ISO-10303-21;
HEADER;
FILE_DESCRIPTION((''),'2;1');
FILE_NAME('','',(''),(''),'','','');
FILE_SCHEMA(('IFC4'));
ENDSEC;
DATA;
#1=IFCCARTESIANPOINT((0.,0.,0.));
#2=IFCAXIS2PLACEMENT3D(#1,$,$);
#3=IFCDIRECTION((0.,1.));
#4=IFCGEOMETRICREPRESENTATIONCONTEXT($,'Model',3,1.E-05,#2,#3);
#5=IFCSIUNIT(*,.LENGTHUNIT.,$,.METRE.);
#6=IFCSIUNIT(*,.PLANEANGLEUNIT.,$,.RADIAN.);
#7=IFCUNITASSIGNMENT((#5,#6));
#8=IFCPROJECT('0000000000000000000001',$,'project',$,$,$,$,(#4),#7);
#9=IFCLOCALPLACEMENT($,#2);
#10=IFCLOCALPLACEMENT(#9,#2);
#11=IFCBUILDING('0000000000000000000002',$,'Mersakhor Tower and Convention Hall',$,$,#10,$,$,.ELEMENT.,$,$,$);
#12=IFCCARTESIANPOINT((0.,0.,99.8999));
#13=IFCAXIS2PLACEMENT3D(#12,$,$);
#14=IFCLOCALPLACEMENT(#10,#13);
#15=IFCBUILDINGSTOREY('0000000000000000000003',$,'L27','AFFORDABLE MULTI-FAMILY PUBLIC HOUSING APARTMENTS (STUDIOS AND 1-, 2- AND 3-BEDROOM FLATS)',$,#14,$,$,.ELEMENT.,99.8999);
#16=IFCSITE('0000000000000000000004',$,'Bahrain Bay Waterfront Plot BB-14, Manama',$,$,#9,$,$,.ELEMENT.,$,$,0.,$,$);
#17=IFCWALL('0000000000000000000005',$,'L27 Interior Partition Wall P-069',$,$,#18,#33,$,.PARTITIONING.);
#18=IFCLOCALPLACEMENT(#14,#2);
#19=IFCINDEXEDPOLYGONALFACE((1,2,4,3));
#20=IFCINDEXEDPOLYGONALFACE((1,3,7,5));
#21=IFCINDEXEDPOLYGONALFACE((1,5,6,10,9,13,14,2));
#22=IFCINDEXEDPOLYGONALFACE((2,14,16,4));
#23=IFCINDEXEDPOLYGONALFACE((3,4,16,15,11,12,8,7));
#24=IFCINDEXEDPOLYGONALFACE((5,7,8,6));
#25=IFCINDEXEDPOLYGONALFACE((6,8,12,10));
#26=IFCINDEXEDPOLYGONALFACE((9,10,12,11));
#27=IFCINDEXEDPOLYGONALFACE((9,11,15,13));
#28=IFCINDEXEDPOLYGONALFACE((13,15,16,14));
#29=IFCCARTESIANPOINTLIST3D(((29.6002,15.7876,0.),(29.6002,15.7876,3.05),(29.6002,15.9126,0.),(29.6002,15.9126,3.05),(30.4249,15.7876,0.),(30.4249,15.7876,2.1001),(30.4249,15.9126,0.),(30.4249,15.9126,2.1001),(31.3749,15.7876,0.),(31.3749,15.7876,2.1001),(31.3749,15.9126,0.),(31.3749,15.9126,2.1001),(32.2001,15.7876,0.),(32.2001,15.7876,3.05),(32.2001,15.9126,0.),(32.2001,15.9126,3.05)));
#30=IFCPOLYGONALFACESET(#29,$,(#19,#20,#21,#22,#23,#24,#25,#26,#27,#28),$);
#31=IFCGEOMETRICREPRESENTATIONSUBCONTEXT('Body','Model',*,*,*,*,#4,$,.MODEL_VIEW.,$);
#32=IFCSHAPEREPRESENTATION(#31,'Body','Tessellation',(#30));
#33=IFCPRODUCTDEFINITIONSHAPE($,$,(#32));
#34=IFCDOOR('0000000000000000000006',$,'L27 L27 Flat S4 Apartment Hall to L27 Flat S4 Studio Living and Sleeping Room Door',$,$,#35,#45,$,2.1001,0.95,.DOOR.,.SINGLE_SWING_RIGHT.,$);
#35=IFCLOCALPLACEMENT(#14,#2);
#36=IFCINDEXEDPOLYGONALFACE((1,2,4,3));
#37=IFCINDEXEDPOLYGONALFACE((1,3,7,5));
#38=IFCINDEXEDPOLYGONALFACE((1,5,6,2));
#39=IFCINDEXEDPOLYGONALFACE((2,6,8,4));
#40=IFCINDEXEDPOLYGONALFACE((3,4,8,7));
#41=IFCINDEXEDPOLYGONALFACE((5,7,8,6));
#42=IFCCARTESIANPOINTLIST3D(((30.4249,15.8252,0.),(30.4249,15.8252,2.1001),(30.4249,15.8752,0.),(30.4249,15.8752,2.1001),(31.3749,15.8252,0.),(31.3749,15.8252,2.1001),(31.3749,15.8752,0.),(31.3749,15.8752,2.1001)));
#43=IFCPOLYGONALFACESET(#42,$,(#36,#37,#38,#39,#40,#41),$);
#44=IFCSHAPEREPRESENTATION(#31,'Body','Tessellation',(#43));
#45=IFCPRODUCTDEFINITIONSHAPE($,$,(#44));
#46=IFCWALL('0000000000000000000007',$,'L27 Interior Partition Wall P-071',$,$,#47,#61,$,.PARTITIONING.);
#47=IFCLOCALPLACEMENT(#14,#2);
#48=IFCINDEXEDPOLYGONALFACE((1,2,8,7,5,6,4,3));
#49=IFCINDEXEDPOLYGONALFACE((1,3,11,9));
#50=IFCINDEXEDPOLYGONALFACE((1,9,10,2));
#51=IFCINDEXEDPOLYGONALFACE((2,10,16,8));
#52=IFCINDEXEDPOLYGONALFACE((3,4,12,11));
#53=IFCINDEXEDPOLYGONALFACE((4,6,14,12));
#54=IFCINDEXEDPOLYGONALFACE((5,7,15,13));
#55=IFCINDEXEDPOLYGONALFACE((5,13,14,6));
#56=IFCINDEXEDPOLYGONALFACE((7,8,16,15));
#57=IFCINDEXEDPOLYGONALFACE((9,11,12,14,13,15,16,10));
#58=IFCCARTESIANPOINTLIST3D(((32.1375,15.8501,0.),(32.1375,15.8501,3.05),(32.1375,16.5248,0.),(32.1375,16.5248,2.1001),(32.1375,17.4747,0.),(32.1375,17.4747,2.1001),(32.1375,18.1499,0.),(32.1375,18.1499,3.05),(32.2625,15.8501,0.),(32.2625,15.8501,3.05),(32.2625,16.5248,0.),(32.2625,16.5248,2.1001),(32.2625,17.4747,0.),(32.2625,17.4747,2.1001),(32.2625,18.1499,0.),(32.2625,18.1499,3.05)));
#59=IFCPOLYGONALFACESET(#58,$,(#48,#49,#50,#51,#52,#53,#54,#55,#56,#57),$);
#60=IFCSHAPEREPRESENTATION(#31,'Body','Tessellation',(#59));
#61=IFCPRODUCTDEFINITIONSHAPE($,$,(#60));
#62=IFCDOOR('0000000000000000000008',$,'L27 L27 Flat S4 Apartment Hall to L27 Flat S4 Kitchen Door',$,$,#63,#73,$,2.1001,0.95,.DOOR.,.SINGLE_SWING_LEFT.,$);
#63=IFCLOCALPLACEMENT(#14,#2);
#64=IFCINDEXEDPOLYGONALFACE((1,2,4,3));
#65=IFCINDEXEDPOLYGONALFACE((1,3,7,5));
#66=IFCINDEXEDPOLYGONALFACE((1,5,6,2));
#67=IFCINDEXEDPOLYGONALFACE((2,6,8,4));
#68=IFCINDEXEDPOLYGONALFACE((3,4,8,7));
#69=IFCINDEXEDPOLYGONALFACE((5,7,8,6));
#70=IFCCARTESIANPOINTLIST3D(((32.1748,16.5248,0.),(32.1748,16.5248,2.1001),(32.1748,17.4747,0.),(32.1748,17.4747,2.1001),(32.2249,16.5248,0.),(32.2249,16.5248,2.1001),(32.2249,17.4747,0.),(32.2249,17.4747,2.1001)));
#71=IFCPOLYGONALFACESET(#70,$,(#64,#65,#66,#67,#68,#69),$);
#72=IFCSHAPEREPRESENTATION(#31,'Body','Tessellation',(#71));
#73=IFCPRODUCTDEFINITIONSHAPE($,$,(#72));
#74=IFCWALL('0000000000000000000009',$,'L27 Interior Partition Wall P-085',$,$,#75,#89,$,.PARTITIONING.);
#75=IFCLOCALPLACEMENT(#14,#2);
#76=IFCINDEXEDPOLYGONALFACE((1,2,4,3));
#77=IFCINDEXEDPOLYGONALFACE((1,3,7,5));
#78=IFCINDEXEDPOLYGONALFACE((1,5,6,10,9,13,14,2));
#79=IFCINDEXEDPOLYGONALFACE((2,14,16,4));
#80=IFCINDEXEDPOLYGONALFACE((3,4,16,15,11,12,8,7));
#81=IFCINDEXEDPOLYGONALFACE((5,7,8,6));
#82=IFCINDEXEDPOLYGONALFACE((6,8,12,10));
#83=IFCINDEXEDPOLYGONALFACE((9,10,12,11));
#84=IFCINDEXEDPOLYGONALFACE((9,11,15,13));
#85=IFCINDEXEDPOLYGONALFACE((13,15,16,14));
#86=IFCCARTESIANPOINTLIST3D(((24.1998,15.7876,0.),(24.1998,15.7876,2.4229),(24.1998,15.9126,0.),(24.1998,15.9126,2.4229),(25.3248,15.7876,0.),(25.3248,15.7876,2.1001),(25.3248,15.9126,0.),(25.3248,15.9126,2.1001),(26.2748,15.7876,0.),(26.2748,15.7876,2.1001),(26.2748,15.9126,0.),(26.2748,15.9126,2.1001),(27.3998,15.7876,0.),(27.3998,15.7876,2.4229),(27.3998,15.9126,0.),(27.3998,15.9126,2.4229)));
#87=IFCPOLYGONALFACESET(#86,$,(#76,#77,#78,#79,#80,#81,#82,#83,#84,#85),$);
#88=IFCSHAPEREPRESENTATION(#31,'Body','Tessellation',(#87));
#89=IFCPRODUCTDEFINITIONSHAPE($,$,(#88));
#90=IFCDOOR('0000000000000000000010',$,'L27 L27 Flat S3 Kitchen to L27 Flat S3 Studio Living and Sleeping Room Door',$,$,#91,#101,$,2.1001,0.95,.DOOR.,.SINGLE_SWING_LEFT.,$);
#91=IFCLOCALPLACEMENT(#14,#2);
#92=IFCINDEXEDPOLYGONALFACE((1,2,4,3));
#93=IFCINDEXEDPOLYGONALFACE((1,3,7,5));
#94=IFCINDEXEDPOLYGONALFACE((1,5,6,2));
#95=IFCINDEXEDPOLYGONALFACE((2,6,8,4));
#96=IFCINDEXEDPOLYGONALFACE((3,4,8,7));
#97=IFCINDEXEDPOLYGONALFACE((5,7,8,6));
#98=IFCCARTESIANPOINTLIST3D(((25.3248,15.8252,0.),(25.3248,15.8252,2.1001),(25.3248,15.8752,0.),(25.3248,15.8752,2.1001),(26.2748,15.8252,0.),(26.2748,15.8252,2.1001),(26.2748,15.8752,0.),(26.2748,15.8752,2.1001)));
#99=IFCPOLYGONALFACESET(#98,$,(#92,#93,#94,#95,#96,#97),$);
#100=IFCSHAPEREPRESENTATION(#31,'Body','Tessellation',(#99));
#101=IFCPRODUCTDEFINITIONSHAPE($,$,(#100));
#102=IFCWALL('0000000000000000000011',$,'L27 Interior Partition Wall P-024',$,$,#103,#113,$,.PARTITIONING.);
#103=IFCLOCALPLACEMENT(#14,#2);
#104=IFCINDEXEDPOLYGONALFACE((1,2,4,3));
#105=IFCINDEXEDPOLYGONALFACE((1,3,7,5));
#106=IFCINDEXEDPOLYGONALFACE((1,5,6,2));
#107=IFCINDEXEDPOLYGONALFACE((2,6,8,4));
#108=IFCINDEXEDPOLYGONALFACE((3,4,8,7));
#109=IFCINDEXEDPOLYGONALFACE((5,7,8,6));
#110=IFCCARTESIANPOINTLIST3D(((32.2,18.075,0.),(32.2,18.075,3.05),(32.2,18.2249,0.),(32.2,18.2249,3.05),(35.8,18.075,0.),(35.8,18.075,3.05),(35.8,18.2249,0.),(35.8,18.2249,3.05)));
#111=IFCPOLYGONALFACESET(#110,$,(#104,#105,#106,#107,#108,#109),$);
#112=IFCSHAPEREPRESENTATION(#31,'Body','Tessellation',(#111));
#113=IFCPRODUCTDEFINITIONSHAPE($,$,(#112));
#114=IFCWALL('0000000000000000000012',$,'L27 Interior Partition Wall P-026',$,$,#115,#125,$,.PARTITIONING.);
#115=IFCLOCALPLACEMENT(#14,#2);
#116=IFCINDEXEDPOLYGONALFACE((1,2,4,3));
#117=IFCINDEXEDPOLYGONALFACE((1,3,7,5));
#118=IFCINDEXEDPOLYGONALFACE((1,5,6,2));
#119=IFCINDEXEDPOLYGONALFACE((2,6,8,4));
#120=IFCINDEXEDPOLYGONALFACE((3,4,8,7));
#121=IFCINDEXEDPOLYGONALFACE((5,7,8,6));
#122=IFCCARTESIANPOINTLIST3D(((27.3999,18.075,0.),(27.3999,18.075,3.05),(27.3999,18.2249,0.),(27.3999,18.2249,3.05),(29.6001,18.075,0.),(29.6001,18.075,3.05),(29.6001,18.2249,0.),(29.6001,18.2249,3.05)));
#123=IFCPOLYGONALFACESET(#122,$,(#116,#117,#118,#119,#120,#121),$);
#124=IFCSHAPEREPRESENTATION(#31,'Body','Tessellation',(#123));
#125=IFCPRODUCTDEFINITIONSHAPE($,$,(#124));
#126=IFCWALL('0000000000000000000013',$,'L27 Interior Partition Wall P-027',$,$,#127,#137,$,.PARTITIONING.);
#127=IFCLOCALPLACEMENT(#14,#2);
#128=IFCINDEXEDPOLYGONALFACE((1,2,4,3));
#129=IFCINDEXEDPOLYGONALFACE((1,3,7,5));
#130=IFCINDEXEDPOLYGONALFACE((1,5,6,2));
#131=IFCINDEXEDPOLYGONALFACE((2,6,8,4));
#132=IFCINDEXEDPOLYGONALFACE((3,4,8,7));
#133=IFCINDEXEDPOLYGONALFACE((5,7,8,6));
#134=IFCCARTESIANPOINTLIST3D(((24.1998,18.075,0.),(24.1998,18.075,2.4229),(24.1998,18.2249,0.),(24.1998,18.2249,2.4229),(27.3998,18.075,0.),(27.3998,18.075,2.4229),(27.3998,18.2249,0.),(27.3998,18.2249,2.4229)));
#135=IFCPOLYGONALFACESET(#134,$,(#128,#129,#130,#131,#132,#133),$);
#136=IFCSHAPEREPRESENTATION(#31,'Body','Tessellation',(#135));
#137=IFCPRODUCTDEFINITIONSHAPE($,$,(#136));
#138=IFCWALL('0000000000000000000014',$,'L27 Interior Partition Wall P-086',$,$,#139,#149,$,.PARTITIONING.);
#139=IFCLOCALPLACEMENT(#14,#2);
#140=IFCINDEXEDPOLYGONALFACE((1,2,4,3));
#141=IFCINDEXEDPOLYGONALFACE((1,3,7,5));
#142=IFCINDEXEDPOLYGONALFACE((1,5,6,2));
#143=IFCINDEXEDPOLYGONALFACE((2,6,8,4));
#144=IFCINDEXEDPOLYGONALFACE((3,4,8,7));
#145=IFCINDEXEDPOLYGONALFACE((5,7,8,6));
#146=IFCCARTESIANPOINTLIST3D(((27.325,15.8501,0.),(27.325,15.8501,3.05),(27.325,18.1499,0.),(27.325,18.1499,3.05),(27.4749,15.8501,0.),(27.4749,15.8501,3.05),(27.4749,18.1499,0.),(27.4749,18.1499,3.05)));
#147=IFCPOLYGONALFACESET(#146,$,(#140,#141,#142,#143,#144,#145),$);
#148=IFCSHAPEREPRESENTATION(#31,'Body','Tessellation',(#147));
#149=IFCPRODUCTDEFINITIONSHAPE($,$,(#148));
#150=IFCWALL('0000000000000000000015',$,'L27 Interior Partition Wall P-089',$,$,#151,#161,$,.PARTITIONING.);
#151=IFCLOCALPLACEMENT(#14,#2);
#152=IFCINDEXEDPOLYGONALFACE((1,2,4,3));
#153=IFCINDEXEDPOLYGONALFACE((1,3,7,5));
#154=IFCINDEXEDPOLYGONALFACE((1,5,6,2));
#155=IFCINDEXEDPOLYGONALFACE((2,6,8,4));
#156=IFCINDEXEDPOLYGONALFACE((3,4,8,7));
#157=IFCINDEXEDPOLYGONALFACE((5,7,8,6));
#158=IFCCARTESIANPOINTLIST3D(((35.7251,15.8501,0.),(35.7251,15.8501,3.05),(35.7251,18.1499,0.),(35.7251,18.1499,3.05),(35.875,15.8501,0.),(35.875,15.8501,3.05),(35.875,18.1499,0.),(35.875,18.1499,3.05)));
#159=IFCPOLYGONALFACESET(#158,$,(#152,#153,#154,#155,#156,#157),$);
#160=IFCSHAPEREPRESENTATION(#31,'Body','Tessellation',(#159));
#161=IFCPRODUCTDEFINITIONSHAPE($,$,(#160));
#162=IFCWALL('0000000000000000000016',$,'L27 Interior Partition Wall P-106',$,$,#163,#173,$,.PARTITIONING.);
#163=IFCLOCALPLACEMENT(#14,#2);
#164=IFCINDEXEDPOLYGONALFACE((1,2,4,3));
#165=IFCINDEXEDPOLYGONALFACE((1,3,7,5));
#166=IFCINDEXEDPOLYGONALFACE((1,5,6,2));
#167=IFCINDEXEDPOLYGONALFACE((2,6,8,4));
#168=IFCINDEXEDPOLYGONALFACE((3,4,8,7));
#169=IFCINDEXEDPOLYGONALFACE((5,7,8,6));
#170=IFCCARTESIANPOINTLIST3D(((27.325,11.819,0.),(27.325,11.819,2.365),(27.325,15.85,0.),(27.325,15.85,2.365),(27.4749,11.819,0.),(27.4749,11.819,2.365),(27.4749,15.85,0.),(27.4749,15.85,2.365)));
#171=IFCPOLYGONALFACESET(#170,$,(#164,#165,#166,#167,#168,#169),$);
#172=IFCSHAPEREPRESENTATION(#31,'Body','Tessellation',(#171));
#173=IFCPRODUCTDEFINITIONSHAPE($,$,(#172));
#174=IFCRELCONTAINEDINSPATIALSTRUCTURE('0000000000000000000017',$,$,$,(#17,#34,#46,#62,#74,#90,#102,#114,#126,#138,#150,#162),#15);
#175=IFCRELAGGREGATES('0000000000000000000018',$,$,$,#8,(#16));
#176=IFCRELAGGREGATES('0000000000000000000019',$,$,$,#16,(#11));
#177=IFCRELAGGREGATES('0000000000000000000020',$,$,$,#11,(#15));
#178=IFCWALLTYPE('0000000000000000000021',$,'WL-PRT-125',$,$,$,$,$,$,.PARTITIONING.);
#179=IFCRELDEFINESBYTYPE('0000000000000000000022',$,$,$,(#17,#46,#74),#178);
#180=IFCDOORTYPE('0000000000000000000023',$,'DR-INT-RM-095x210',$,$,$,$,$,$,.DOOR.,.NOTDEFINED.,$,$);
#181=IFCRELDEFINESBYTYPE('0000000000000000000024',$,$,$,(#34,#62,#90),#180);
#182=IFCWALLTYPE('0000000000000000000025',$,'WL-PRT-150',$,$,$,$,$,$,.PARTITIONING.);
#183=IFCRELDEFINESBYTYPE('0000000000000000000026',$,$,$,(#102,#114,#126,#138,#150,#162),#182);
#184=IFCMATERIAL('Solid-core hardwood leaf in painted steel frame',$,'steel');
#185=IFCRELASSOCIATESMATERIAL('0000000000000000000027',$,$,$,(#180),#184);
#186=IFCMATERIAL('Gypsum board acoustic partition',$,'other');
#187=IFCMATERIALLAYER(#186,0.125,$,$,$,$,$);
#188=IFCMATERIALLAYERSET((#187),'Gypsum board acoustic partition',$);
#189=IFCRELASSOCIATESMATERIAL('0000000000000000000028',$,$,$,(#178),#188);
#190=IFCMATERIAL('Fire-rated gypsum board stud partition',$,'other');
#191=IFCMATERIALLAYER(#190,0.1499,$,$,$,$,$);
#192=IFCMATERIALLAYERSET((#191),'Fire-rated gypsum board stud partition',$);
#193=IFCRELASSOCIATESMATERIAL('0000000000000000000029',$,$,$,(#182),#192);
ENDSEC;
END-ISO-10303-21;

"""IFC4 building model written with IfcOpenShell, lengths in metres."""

from ifc_helpers import new_model, si_unit, direction, frame, frame_2d, origin, place, context, subcontext, project, spatial, rectangle, extrude, material, layer, layer_set, type_object, element, fill, save


model = new_model("IFC4")

# Units and contexts
model_context = context("Model", 3, precision=1e-05, world=origin(), true_north=direction((0.0, 1.0)))
body_context = subcontext(model_context, "Body", "Model", "MODEL_VIEW")
ifc_project = project(units=[si_unit("LENGTHUNIT", "METRE"), si_unit("PLANEANGLEUNIT", "RADIAN")], contexts=[model_context])

# Site, building, storey
site_placement = place(None, origin())
site = spatial("IfcSite", under=ifc_project, at=site_placement, Name="Bahrain Bay Waterfront Plot BB-14, Manama", CompositionType="ELEMENT", RefElevation=0.0)
building_placement = place(site_placement, origin())
building = spatial("IfcBuilding", under=site, at=building_placement, Name="Mersakhor Tower and Convention Hall", CompositionType="ELEMENT")
storey_placement = place(building_placement, frame((0.0, 0.0, 99.8999)))
storey = spatial("IfcBuildingStorey", under=building, at=storey_placement, Name="L27", Description="AFFORDABLE MULTI-FAMILY PUBLIC HOUSING APARTMENTS (STUDIOS AND 1-, 2- AND 3-BEDROOM FLATS)", CompositionType="ELEMENT", Elevation=99.8999)

# Walls, openings, doors
ifc_material_1 = material(Name="Solid-core hardwood leaf in painted steel frame", Category="steel")
door_type_1 = type_object("IfcDoorType", Name="DR-INT-RM-095x210", OperationType="NOTDEFINED", PredefinedType="DOOR", material=ifc_material_1)
ifc_material_2 = material(Name="Gypsum board acoustic partition", Category="other")
ifc_layer_1 = layer(ifc_material_2, 0.125)
ifc_layer_set_1 = layer_set([ifc_layer_1], Name="Gypsum board acoustic partition")
wall_type_1 = type_object("IfcWallType", Name="WL-PRT-125", PredefinedType="PARTITIONING", material=ifc_layer_set_1)
wall_1_placement = place(storey_placement, frame((32.2, 15.8501, 0.0), z_axis=(0.0, 0.0, 1.0), x_axis=(-1.0, 0.0, 0.0)))
wall_1 = element("IfcWall", 1, at=wall_1_placement, inside=storey, type_object=wall_type_1, Name="L27 Interior Partition Wall P-069", PredefinedType="PARTITIONING", context=body_context, shape_type="SweptSolid", body=[
    extrude(rectangle(XDim=2.5999, YDim=0.125, at=frame_2d((1.2998, 0.0))), origin(), (0.0, 0.0, 1.0), 3.05),
])
opening_1_placement = place(wall_1_placement, frame((0.825, 0.0, 0.0)))
opening_1 = element("IfcOpeningElement", 2, at=opening_1_placement, cuts=wall_1, PredefinedType="OPENING", context=body_context, shape_type="SweptSolid", body=[
    extrude(rectangle(XDim=0.95, YDim=2.1001, at=frame_2d((0.4751, 1.05))), frame((0.0, 0.0725, 0.0), z_axis=(0.0, -1.0, 0.0), x_axis=(1.0, 0.0, 0.0)), (0.0, 0.0, 1.0), 0.145),
])
door_1_placement = place(opening_1_placement, origin())
door_1 = element("IfcDoor", 3, at=door_1_placement, inside=storey, type_object=door_type_1, Name="L27 L27 Flat S4 Apartment Hall to L27 Flat S4 Studio Living and Sleeping Room Door", OperationType="SINGLE_SWING_RIGHT", OverallHeight=2.1001, OverallWidth=0.95, PredefinedType="DOOR", context=body_context, shape_type="SweptSolid", body=[
    extrude(rectangle(XDim=0.95, YDim=2.1001, at=frame_2d((0.4751, 1.05))), frame((0.0, 0.0249, 0.0), z_axis=(0.0, -1.0, 0.0), x_axis=(1.0, 0.0, 0.0)), (0.0, 0.0, 1.0), 0.05),
])
fill(opening_1, door_1)
wall_2_placement = place(storey_placement, frame((32.2, 18.1499, 0.0), z_axis=(0.0, 0.0, 1.0), x_axis=(0.0, -1.0, 0.0)))
wall_2 = element("IfcWall", 4, at=wall_2_placement, inside=storey, type_object=wall_type_1, Name="L27 Interior Partition Wall P-071", PredefinedType="PARTITIONING", context=body_context, shape_type="SweptSolid", body=[
    extrude(rectangle(XDim=2.2998, YDim=0.125, at=frame_2d((1.1499, 0.0))), origin(), (0.0, 0.0, 1.0), 3.05),
])
opening_2_placement = place(wall_2_placement, frame((0.675, 0.0, 0.0)))
opening_2 = element("IfcOpeningElement", 5, at=opening_2_placement, cuts=wall_2, PredefinedType="OPENING", context=body_context, shape_type="SweptSolid", body=[
    extrude(rectangle(XDim=0.95, YDim=2.1001, at=frame_2d((0.4751, 1.05))), frame((0.0, 0.0725, 0.0), z_axis=(0.0, -1.0, 0.0), x_axis=(1.0, 0.0, 0.0)), (0.0, 0.0, 1.0), 0.145),
])
door_2_placement = place(opening_2_placement, origin())
door_2 = element("IfcDoor", 6, at=door_2_placement, inside=storey, type_object=door_type_1, Name="L27 L27 Flat S4 Apartment Hall to L27 Flat S4 Kitchen Door", OperationType="SINGLE_SWING_LEFT", OverallHeight=2.1001, OverallWidth=0.95, PredefinedType="DOOR", context=body_context, shape_type="SweptSolid", body=[
    extrude(rectangle(XDim=0.95, YDim=2.1001, at=frame_2d((0.4751, 1.05))), frame((0.0, 0.0249, 0.0), z_axis=(0.0, -1.0, 0.0), x_axis=(1.0, 0.0, 0.0)), (0.0, 0.0, 1.0), 0.05),
])
fill(opening_2, door_2)
wall_3_placement = place(storey_placement, frame((27.3999, 15.8501, 0.0), z_axis=(0.0, 0.0, 1.0), x_axis=(-1.0, 0.0, 0.0)))
wall_3 = element("IfcWall", 7, at=wall_3_placement, inside=storey, type_object=wall_type_1, Name="L27 Interior Partition Wall P-085", PredefinedType="PARTITIONING", context=body_context, shape_type="SweptSolid", body=[
    extrude(rectangle(XDim=3.2, YDim=0.125, at=frame_2d((1.6001, 0.0))), origin(), (0.0, 0.0, 1.0), 2.4229),
])
opening_3_placement = place(wall_3_placement, frame((1.125, 0.0, 0.0)))
opening_3 = element("IfcOpeningElement", 8, at=opening_3_placement, cuts=wall_3, PredefinedType="OPENING", context=body_context, shape_type="SweptSolid", body=[
    extrude(rectangle(XDim=0.95, YDim=2.1001, at=frame_2d((0.4751, 1.05))), frame((0.0, 0.0725, 0.0), z_axis=(0.0, -1.0, 0.0), x_axis=(1.0, 0.0, 0.0)), (0.0, 0.0, 1.0), 0.145),
])
door_3_placement = place(opening_3_placement, origin())
door_3 = element("IfcDoor", 9, at=door_3_placement, inside=storey, type_object=door_type_1, Name="L27 L27 Flat S3 Kitchen to L27 Flat S3 Studio Living and Sleeping Room Door", OperationType="SINGLE_SWING_LEFT", OverallHeight=2.1001, OverallWidth=0.95, PredefinedType="DOOR", context=body_context, shape_type="SweptSolid", body=[
    extrude(rectangle(XDim=0.95, YDim=2.1001, at=frame_2d((0.4751, 1.05))), frame((0.0, 0.0249, 0.0), z_axis=(0.0, -1.0, 0.0), x_axis=(1.0, 0.0, 0.0)), (0.0, 0.0, 1.0), 0.05),
])
fill(opening_3, door_3)

# Wall
ifc_material_3 = material(Name="Fire-rated gypsum board stud partition", Category="other")
ifc_layer_2 = layer(ifc_material_3, 0.1499)
ifc_layer_set_2 = layer_set([ifc_layer_2], Name="Fire-rated gypsum board stud partition")
wall_type_2 = type_object("IfcWallType", Name="WL-PRT-150", PredefinedType="PARTITIONING", material=ifc_layer_set_2)
wall_4_placement = place(storey_placement, frame((35.8, 18.1499, 0.0), z_axis=(0.0, 0.0, 1.0), x_axis=(-1.0, 0.0, 0.0)))
element("IfcWall", 10, at=wall_4_placement, inside=storey, type_object=wall_type_2, Name="L27 Interior Partition Wall P-024", PredefinedType="PARTITIONING", context=body_context, shape_type="SweptSolid", body=[
    extrude(rectangle(XDim=3.6001, YDim=0.1499, at=frame_2d((1.8, 0.0))), origin(), (0.0, 0.0, 1.0), 3.05),
])

# Walls
wall_5_placement = place(storey_placement, frame((29.6001, 18.1499, 0.0), z_axis=(0.0, 0.0, 1.0), x_axis=(-1.0, 0.0, 0.0)))
element("IfcWall", 11, at=wall_5_placement, inside=storey, type_object=wall_type_2, Name="L27 Interior Partition Wall P-026", PredefinedType="PARTITIONING", context=body_context, shape_type="SweptSolid", body=[
    extrude(rectangle(XDim=2.2002, YDim=0.1499, at=frame_2d((1.1001, 0.0))), origin(), (0.0, 0.0, 1.0), 3.05),
])
wall_6_placement = place(storey_placement, frame((27.3999, 18.1499, 0.0), z_axis=(0.0, 0.0, 1.0), x_axis=(-1.0, 0.0, 0.0)))
element("IfcWall", 12, at=wall_6_placement, inside=storey, type_object=wall_type_2, Name="L27 Interior Partition Wall P-027", PredefinedType="PARTITIONING", context=body_context, shape_type="SweptSolid", body=[
    extrude(rectangle(XDim=3.2, YDim=0.1499, at=frame_2d((1.6001, 0.0))), origin(), (0.0, 0.0, 1.0), 2.4229),
])
for number, where, z_axis, x_axis, name in (
    (13, (27.3999, 18.1499, 0.0), (0.0, 0.0, 1.0), (0.0, -1.0, 0.0), "L27 Interior Partition Wall P-086"),
    (14, (35.8, 18.1499, 0.0), (0.0, 0.0, 1.0), (0.0, -1.0, 0.0), "L27 Interior Partition Wall P-089"),
):
    element("IfcWall", number, at=place(storey_placement, frame(where, z_axis=z_axis, x_axis=x_axis)), inside=storey, type_object=wall_type_2, Name=name, PredefinedType="PARTITIONING", context=body_context, shape_type="SweptSolid", body=[
        extrude(rectangle(XDim=2.2998, YDim=0.1499, at=frame_2d((1.1499, 0.0))), origin(), (0.0, 0.0, 1.0), 3.05),
    ])
wall_7_placement = place(storey_placement, frame((27.3999, 15.8501, 0.0), z_axis=(0.0, 0.0, 1.0), x_axis=(0.0, -1.0, 0.0)))
element("IfcWall", 15, at=wall_7_placement, inside=storey, type_object=wall_type_2, Name="L27 Interior Partition Wall P-106", PredefinedType="PARTITIONING", context=body_context, shape_type="SweptSolid", body=[
    extrude(rectangle(XDim=4.031, YDim=0.1499, at=frame_2d((2.0156, 0.0))), origin(), (0.0, 0.0, 1.0), 2.365),
])

save(model, "model.ifc")
